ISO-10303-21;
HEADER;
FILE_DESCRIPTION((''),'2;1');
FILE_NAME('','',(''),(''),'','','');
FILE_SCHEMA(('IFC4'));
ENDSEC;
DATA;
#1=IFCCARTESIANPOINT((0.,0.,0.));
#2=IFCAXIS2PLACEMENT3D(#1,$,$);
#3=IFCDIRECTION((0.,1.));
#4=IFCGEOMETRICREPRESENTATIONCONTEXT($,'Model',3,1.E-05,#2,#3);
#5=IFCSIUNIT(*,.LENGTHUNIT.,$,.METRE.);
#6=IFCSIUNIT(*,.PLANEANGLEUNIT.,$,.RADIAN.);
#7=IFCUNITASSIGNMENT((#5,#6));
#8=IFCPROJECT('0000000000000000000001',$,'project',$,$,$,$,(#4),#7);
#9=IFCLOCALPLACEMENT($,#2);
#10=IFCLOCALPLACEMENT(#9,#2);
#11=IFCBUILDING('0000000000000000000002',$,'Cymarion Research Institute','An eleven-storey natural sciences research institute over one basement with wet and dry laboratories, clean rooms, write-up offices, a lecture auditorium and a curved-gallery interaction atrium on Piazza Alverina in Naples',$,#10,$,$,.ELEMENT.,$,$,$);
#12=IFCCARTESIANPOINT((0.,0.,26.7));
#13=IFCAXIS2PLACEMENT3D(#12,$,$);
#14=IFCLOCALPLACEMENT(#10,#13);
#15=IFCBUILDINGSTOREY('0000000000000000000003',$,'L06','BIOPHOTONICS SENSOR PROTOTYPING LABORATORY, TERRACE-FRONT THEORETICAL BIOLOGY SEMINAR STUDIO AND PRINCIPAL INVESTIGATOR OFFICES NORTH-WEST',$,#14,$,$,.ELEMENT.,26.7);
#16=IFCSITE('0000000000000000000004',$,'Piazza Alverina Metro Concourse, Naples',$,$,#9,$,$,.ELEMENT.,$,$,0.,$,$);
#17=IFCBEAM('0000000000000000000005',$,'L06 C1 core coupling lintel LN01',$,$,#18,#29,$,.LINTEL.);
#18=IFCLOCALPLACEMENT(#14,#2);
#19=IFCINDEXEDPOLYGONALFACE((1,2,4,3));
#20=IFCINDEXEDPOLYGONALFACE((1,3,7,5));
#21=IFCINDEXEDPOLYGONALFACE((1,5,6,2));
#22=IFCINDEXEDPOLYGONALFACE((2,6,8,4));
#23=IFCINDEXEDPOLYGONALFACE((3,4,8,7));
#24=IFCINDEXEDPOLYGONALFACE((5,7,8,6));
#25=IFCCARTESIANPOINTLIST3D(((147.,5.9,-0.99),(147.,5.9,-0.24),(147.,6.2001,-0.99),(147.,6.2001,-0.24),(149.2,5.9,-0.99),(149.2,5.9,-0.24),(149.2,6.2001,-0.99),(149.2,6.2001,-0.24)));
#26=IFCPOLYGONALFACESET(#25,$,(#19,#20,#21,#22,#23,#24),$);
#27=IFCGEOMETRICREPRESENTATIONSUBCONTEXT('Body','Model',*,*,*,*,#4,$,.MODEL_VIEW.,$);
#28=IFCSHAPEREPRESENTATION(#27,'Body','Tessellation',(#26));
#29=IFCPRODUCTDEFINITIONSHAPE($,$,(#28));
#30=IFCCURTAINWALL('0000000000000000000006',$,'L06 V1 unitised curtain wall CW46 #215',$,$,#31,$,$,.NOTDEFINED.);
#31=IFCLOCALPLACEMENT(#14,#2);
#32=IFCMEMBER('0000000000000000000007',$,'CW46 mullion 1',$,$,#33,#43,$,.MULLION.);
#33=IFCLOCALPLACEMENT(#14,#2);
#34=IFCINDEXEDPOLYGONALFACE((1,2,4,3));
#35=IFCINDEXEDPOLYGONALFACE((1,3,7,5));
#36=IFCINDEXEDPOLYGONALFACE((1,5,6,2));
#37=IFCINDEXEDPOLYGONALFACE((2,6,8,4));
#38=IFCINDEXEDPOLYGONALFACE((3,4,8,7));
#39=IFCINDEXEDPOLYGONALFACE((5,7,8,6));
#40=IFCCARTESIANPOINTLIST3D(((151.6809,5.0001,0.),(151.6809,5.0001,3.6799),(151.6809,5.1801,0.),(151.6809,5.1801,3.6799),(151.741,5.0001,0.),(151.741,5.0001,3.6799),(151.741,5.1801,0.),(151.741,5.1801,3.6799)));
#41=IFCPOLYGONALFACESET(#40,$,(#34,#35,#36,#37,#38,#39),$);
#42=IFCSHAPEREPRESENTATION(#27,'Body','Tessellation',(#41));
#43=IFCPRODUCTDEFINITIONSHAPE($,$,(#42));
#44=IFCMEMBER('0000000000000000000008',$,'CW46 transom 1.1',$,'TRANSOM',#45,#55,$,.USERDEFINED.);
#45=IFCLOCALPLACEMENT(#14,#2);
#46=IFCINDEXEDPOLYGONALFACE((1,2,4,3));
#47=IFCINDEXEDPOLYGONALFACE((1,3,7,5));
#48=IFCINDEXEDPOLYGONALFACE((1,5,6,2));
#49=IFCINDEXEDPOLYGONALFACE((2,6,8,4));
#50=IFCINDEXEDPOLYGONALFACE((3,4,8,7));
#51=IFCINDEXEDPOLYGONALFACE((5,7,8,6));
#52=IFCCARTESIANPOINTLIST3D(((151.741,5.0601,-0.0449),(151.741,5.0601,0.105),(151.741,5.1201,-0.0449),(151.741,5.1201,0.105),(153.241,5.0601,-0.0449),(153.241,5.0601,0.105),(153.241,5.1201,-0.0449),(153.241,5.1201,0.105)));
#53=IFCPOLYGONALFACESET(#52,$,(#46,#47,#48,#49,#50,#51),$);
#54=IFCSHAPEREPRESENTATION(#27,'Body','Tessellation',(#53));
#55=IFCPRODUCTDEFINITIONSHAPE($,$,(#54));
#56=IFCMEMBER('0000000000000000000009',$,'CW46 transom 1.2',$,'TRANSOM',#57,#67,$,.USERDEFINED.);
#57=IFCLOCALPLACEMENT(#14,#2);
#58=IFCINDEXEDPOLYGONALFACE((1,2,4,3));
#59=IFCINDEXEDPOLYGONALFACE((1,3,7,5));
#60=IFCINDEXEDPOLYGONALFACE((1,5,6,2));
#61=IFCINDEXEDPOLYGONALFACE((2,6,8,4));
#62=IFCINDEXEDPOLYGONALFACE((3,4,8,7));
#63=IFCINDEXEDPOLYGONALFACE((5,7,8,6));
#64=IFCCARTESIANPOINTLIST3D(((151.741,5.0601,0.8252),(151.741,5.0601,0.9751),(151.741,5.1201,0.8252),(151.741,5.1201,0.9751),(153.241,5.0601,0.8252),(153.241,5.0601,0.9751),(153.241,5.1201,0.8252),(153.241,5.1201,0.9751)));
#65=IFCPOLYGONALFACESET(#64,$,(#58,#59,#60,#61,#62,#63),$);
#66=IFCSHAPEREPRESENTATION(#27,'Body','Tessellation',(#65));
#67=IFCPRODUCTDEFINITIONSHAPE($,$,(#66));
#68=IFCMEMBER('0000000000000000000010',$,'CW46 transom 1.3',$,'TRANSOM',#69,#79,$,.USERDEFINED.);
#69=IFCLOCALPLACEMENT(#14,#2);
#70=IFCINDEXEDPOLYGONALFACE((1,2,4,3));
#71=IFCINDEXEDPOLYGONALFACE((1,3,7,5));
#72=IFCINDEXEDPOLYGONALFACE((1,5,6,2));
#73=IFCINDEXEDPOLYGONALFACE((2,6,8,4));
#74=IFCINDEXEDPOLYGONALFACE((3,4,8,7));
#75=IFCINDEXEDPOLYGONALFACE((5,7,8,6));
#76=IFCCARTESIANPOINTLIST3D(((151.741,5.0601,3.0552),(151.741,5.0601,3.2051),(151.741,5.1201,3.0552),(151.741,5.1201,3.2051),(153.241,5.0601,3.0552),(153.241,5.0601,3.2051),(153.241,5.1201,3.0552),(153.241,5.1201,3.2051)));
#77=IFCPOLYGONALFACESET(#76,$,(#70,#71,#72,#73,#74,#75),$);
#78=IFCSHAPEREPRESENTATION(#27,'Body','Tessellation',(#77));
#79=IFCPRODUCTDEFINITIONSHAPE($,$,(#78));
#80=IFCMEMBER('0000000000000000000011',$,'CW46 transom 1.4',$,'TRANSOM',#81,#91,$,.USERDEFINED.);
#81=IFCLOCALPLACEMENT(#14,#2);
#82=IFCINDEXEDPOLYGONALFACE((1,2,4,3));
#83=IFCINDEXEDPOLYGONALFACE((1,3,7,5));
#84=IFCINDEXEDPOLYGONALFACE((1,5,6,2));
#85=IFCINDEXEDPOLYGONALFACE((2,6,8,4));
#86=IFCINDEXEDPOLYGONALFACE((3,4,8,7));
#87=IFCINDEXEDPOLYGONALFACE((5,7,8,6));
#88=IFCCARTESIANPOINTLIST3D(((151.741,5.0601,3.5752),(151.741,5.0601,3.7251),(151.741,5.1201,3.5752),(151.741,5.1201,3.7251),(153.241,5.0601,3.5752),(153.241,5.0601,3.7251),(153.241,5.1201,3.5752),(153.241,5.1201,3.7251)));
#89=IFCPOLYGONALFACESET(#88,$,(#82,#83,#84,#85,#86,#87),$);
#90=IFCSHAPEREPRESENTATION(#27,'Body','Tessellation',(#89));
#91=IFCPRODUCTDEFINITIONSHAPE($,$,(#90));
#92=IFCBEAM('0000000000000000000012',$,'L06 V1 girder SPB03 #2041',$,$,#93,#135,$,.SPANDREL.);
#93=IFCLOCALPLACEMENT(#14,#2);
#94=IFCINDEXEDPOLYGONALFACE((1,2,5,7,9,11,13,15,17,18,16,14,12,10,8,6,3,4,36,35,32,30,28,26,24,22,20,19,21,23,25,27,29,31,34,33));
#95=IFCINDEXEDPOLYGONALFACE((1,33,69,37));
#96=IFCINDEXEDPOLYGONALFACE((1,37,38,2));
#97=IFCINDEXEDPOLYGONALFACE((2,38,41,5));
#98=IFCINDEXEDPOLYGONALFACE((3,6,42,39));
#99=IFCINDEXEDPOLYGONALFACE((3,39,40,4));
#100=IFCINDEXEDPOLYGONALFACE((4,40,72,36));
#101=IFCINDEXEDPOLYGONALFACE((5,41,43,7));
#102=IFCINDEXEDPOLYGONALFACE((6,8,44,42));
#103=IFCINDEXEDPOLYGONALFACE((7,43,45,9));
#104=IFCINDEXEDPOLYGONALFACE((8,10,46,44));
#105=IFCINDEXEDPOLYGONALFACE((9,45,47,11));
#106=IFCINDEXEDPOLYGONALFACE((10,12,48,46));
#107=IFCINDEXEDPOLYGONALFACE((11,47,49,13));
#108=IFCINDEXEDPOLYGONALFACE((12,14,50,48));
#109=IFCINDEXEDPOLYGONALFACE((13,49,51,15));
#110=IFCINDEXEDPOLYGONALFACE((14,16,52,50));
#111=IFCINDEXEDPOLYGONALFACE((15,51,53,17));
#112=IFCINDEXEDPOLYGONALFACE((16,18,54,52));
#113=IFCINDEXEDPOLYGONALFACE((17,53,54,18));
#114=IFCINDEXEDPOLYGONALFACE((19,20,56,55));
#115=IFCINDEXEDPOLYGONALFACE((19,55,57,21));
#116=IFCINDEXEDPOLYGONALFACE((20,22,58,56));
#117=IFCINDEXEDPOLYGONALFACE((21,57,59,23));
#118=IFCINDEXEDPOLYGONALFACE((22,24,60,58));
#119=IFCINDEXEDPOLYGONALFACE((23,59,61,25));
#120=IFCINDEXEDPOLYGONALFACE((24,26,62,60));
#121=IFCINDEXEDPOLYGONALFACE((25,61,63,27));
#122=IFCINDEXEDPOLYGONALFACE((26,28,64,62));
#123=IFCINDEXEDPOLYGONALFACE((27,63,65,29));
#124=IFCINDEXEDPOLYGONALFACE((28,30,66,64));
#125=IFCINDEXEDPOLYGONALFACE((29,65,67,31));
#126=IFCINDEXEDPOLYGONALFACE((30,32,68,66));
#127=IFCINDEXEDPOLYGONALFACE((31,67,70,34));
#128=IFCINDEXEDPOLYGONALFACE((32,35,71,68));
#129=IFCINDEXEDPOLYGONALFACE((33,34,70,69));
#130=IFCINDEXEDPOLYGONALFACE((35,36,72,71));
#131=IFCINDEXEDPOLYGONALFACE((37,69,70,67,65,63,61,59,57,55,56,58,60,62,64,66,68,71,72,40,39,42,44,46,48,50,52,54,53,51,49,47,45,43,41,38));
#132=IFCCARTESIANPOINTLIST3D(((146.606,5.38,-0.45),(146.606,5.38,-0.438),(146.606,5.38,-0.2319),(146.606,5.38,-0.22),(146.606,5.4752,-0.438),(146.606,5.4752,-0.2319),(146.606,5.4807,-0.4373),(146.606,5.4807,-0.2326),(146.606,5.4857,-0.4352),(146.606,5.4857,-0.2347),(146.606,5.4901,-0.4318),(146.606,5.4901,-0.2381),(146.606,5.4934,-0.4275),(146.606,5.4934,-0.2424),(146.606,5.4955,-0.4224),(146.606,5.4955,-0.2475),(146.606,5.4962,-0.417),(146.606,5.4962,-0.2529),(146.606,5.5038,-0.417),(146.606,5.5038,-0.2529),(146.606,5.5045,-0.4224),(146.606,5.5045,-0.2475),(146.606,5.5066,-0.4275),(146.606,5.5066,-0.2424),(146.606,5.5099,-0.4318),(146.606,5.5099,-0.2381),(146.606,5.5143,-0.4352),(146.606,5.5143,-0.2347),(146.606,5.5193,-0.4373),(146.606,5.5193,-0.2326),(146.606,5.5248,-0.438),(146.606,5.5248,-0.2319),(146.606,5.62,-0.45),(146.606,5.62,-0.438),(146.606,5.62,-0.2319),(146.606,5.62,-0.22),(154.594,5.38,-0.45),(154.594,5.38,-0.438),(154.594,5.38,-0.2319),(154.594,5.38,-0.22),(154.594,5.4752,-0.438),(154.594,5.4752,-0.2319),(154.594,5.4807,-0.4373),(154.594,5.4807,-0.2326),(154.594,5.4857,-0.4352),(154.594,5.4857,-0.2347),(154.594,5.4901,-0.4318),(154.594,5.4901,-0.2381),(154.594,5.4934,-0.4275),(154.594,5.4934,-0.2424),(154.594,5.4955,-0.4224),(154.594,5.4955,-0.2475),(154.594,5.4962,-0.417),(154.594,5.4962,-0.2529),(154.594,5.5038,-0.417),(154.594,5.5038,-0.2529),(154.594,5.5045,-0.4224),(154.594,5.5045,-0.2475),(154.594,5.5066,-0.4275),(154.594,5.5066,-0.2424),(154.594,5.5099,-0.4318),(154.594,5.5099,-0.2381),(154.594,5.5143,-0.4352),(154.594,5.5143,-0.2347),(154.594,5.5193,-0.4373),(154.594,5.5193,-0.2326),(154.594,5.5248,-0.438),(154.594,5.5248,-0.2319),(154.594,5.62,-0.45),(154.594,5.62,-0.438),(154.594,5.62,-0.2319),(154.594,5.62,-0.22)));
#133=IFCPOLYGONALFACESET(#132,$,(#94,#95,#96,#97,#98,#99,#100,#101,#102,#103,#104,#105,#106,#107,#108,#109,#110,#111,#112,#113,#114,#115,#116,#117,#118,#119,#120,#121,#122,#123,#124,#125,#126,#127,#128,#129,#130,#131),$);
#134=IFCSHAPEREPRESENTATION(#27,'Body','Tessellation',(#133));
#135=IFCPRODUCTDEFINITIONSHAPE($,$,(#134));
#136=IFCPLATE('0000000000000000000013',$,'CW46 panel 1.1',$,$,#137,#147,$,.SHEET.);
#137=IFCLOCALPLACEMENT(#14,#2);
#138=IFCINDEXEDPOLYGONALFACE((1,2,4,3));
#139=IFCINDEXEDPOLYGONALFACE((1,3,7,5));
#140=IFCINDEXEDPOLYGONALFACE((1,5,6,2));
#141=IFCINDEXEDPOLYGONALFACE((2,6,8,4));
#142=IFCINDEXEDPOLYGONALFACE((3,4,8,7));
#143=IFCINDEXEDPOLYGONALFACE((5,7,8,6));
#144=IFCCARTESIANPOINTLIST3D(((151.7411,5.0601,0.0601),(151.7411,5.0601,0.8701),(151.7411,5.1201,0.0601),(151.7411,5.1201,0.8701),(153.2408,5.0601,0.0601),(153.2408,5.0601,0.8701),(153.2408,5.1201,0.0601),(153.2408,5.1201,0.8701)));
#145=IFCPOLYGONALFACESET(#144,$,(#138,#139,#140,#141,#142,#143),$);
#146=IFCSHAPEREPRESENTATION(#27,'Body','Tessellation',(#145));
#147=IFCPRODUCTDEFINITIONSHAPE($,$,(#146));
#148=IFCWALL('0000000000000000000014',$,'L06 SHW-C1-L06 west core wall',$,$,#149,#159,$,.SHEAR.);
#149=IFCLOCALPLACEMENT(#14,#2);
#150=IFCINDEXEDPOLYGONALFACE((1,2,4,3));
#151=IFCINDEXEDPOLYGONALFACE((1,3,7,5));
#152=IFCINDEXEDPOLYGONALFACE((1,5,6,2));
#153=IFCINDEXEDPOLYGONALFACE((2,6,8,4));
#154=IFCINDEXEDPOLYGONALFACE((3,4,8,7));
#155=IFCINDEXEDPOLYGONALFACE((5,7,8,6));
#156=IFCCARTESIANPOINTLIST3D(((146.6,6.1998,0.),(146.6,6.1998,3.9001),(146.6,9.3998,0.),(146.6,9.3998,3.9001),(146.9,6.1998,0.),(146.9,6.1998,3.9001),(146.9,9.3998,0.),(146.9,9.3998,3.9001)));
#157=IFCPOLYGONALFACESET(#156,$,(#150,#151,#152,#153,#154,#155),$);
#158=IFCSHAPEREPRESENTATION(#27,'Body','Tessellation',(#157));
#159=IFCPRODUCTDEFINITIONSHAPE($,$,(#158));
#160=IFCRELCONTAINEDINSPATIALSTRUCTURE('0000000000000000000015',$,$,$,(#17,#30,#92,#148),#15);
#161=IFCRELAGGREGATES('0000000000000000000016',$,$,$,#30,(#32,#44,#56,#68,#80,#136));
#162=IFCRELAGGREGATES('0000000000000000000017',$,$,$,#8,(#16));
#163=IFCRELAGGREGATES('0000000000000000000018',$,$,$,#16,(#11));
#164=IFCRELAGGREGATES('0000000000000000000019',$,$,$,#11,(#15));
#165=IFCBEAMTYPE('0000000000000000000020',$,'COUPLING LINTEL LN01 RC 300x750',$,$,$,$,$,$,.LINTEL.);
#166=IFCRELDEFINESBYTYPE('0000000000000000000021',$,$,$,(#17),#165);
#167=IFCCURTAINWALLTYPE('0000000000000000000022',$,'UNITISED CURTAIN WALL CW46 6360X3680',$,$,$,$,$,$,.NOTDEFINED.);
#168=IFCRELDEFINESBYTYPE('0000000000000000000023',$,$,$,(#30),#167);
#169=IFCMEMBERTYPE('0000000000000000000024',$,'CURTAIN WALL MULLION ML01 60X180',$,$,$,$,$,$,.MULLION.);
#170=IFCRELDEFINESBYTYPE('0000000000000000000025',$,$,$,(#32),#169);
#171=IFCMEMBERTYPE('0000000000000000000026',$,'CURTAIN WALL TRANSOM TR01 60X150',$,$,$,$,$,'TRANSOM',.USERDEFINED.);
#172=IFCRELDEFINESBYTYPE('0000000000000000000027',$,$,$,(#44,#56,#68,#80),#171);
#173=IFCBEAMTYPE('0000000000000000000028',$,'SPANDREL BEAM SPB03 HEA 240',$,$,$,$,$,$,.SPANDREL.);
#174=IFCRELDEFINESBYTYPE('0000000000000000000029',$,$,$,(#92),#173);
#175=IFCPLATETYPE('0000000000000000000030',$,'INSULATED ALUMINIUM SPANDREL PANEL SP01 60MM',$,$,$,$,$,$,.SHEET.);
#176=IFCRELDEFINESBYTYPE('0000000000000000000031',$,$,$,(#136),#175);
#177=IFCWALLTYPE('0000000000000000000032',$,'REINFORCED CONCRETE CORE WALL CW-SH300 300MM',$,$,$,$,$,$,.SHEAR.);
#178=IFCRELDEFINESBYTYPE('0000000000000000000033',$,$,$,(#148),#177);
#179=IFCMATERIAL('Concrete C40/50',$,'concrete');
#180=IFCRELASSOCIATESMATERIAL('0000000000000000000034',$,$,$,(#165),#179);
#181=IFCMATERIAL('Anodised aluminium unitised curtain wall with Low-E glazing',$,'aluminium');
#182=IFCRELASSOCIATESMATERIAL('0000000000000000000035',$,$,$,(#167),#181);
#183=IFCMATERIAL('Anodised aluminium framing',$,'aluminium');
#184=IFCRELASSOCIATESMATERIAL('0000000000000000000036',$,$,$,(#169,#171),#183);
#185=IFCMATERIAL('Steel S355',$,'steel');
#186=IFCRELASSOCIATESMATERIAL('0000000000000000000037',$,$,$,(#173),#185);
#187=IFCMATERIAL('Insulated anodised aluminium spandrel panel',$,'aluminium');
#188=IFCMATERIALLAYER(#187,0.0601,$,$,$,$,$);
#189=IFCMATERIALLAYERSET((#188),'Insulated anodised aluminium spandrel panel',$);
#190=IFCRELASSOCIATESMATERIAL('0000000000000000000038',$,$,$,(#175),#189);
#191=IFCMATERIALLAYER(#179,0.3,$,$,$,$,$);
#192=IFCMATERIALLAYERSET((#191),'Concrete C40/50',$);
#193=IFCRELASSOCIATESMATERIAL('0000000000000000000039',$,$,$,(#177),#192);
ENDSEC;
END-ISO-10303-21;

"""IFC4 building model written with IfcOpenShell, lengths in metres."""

from ifc_helpers import new_model, si_unit, direction, frame, frame_2d, origin, origin_2d, place, context, subcontext, project, spatial, rectangle, i_section, extrude, material, layer, layer_set, material_profile, profile_set, type_object, element, aggregate, save


model = new_model("IFC4")

# Units and contexts
model_context = context("Model", 3, precision=1e-05, world=origin(), true_north=direction((0.0, 1.0)))
body_context = subcontext(model_context, "Body", "Model", "MODEL_VIEW")
ifc_project = project(units=[si_unit("LENGTHUNIT", "METRE"), si_unit("PLANEANGLEUNIT", "RADIAN")], contexts=[model_context])

# Site, building, storey
site_placement = place(None, origin())
site = spatial("IfcSite", under=ifc_project, at=site_placement, Name="Piazza Alverina Metro Concourse, Naples", CompositionType="ELEMENT", RefElevation=0.0)
building_placement = place(site_placement, origin())
building = spatial("IfcBuilding", under=site, at=building_placement, Name="Cymarion Research Institute", Description="An eleven-storey natural sciences research institute over one basement with wet and dry laboratories, clean rooms, write-up offices, a lecture auditorium and a curved-gallery interaction atrium on Piazza Alverina in Naples", CompositionType="ELEMENT")
storey_placement = place(building_placement, frame((0.0, 0.0, 26.7)))
storey = spatial("IfcBuildingStorey", under=building, at=storey_placement, Name="L06", Description="BIOPHOTONICS SENSOR PROTOTYPING LABORATORY, TERRACE-FRONT THEORETICAL BIOLOGY SEMINAR STUDIO AND PRINCIPAL INVESTIGATOR OFFICES NORTH-WEST", CompositionType="ELEMENT", Elevation=26.7)

# Beam
ifc_material_1 = material(Name="Concrete C40/50", Category="concrete")
ifc_material_profile_1 = material_profile(ifc_material_1, rectangle(XDim=0.3, YDim=0.75, at=origin_2d()), Name="RC 300x750")
ifc_profile_set_1 = profile_set([ifc_material_profile_1], Name="Concrete C40/50")
beam_type_1 = type_object("IfcBeamType", Name="COUPLING LINTEL LN01 RC 300x750", PredefinedType="LINTEL", material=ifc_profile_set_1)
beam_1_placement = place(storey_placement, frame((147.0, 6.05, -0.615), z_axis=(1.0, 0.0, 0.0), x_axis=(0.0, 1.0, 0.0)))
element("IfcBeam", 1, at=beam_1_placement, inside=storey, type_object=beam_type_1, Name="L06 C1 core coupling lintel LN01", PredefinedType="LINTEL", context=body_context, shape_type="SweptSolid", body=[
    extrude(rectangle(XDim=0.3, YDim=0.75, at=origin_2d()), origin(), (0.0, 0.0, 1.0), 2.2),
])

# Curtain wall, members
ifc_material_2 = material(Name="Anodised aluminium unitised curtain wall with Low-E glazing", Category="aluminium")
curtain_wall_type = type_object("IfcCurtainWallType", Name="UNITISED CURTAIN WALL CW46 6360X3680", PredefinedType="NOTDEFINED", material=ifc_material_2)
curtain_wall_placement = place(storey_placement, origin())
curtain_wall = element("IfcCurtainWall", 2, at=curtain_wall_placement, inside=storey, type_object=curtain_wall_type, Name="L06 V1 unitised curtain wall CW46 #215", PredefinedType="NOTDEFINED")
ifc_material_3 = material(Name="Anodised aluminium framing", Category="aluminium")
ifc_material_profile_2 = material_profile(ifc_material_3, rectangle(XDim=0.0601, YDim=0.1799, at=origin_2d()), Name="ALU MULLION 60x180")
ifc_profile_set_2 = profile_set([ifc_material_profile_2], Name="Anodised aluminium framing")
member_type_1 = type_object("IfcMemberType", Name="CURTAIN WALL MULLION ML01 60X180", PredefinedType="MULLION", material=ifc_profile_set_2)
member_1_placement = place(storey_placement, frame((151.7109, 5.0901, 0.0), z_axis=(0.0, 0.0, 1.0), x_axis=(1.0, 0.0, 0.0)))
member_1 = element("IfcMember", 3, at=member_1_placement, type_object=member_type_1, Name="CW46 mullion 1", PredefinedType="MULLION", context=body_context, shape_type="SweptSolid", body=[
    extrude(rectangle(XDim=0.0601, YDim=0.1799, at=origin_2d()), origin(), (0.0, 0.0, 1.0), 3.6799),
])
ifc_material_profile_3 = material_profile(ifc_material_3, rectangle(XDim=0.0601, YDim=0.1499, at=origin_2d()), Name="ALU TRANSOM 60x150")
ifc_profile_set_3 = profile_set([ifc_material_profile_3], Name="Anodised aluminium framing")
member_type_2 = type_object("IfcMemberType", Name="CURTAIN WALL TRANSOM TR01 60X150", ElementType="TRANSOM", PredefinedType="USERDEFINED", material=ifc_profile_set_3)
member_2_placement = place(storey_placement, frame((151.741, 5.0901, 0.03), z_axis=(1.0, 0.0, 0.0), x_axis=(0.0, 1.0, 0.0)))
member_2 = element("IfcMember", 4, at=member_2_placement, type_object=member_type_2, Name="CW46 transom 1.1", ObjectType="TRANSOM", PredefinedType="USERDEFINED", context=body_context, shape_type="SweptSolid", body=[
    extrude(rectangle(XDim=0.0601, YDim=0.1499, at=origin_2d()), origin(), (0.0, 0.0, 1.0), 1.5),
])
member_3_placement = place(storey_placement, frame((151.741, 5.0901, 0.9001), z_axis=(1.0, 0.0, 0.0), x_axis=(0.0, 1.0, 0.0)))
member_3 = element("IfcMember", 5, at=member_3_placement, type_object=member_type_2, Name="CW46 transom 1.2", ObjectType="TRANSOM", PredefinedType="USERDEFINED", context=body_context, shape_type="SweptSolid", body=[
    extrude(rectangle(XDim=0.0601, YDim=0.1499, at=origin_2d()), origin(), (0.0, 0.0, 1.0), 1.5),
])
member_4_placement = place(storey_placement, frame((151.741, 5.0901, 3.1301), z_axis=(1.0, 0.0, 0.0), x_axis=(0.0, 1.0, 0.0)))
member_4 = element("IfcMember", 6, at=member_4_placement, type_object=member_type_2, Name="CW46 transom 1.3", ObjectType="TRANSOM", PredefinedType="USERDEFINED", context=body_context, shape_type="SweptSolid", body=[
    extrude(rectangle(XDim=0.0601, YDim=0.1499, at=origin_2d()), origin(), (0.0, 0.0, 1.0), 1.5),
])
member_5_placement = place(storey_placement, frame((151.741, 5.0901, 3.6501), z_axis=(1.0, 0.0, 0.0), x_axis=(0.0, 1.0, 0.0)))
member_5 = element("IfcMember", 7, at=member_5_placement, type_object=member_type_2, Name="CW46 transom 1.4", ObjectType="TRANSOM", PredefinedType="USERDEFINED", context=body_context, shape_type="SweptSolid", body=[
    extrude(rectangle(XDim=0.0601, YDim=0.1499, at=origin_2d()), origin(), (0.0, 0.0, 1.0), 1.5),
])

# Beam
ifc_material_4 = material(Name="Steel S355", Category="steel")
ifc_material_profile_4 = material_profile(ifc_material_4, i_section(OverallWidth=0.24, OverallDepth=0.23, WebThickness=0.0076, FlangeThickness=0.012, FilletRadius=0.021, at=origin_2d()), Name="HEA 240")
ifc_profile_set_4 = profile_set([ifc_material_profile_4], Name="Steel S355")
beam_type_2 = type_object("IfcBeamType", Name="SPANDREL BEAM SPB03 HEA 240", PredefinedType="SPANDREL", material=ifc_profile_set_4)
beam_2_placement = place(storey_placement, frame((146.606, 5.5, -0.335), z_axis=(1.0, 0.0, 0.0), x_axis=(0.0, 1.0, 0.0)))
element("IfcBeam", 8, at=beam_2_placement, inside=storey, type_object=beam_type_2, Name="L06 V1 girder SPB03 #2041", PredefinedType="SPANDREL", context=body_context, shape_type="SweptSolid", body=[
    extrude(i_section(OverallWidth=0.24, OverallDepth=0.23, WebThickness=0.0076, FlangeThickness=0.012, FilletRadius=0.021, at=origin_2d()), origin(), (0.0, 0.0, 1.0), 7.988),
])

# Plate
ifc_material_5 = material(Name="Insulated anodised aluminium spandrel panel", Category="aluminium")
ifc_layer_1 = layer(ifc_material_5, 0.0601)
ifc_layer_set_1 = layer_set([ifc_layer_1], Name="Insulated anodised aluminium spandrel panel")
plate_type = type_object("IfcPlateType", Name="INSULATED ALUMINIUM SPANDREL PANEL SP01 60MM", PredefinedType="SHEET", material=ifc_layer_set_1)
plate_placement = place(storey_placement, frame((152.491, 5.0901, 0.0601), z_axis=(0.0, 0.0, 1.0), x_axis=(1.0, 0.0, 0.0)))
plate = element("IfcPlate", 9, at=plate_placement, type_object=plate_type, Name="CW46 panel 1.1", PredefinedType="SHEET", context=body_context, shape_type="SweptSolid", body=[
    extrude(rectangle(XDim=1.4998, YDim=0.0601, at=origin_2d()), origin(), (0.0, 0.0, 1.0), 0.8101),
])
aggregate(curtain_wall, [member_1, member_2, member_3, member_4, member_5, plate])

# Wall
ifc_layer_2 = layer(ifc_material_1, 0.3)
ifc_layer_set_2 = layer_set([ifc_layer_2], Name="Concrete C40/50")
wall_type = type_object("IfcWallType", Name="REINFORCED CONCRETE CORE WALL CW-SH300 300MM", PredefinedType="SHEAR", material=ifc_layer_set_2)
wall_placement = place(storey_placement, frame((146.75, 9.3999, 0.0), z_axis=(0.0, 0.0, 1.0), x_axis=(0.0, -1.0, 0.0)))
element("IfcWall", 10, at=wall_placement, inside=storey, type_object=wall_type, Name="L06 SHW-C1-L06 west core wall", PredefinedType="SHEAR", context=body_context, shape_type="SweptSolid", body=[
    extrude(rectangle(XDim=3.2, YDim=0.3, at=frame_2d((1.6001, 0.0))), origin(), (0.0, 0.0, 1.0), 3.9001),
])

save(model, "model.ifc")
